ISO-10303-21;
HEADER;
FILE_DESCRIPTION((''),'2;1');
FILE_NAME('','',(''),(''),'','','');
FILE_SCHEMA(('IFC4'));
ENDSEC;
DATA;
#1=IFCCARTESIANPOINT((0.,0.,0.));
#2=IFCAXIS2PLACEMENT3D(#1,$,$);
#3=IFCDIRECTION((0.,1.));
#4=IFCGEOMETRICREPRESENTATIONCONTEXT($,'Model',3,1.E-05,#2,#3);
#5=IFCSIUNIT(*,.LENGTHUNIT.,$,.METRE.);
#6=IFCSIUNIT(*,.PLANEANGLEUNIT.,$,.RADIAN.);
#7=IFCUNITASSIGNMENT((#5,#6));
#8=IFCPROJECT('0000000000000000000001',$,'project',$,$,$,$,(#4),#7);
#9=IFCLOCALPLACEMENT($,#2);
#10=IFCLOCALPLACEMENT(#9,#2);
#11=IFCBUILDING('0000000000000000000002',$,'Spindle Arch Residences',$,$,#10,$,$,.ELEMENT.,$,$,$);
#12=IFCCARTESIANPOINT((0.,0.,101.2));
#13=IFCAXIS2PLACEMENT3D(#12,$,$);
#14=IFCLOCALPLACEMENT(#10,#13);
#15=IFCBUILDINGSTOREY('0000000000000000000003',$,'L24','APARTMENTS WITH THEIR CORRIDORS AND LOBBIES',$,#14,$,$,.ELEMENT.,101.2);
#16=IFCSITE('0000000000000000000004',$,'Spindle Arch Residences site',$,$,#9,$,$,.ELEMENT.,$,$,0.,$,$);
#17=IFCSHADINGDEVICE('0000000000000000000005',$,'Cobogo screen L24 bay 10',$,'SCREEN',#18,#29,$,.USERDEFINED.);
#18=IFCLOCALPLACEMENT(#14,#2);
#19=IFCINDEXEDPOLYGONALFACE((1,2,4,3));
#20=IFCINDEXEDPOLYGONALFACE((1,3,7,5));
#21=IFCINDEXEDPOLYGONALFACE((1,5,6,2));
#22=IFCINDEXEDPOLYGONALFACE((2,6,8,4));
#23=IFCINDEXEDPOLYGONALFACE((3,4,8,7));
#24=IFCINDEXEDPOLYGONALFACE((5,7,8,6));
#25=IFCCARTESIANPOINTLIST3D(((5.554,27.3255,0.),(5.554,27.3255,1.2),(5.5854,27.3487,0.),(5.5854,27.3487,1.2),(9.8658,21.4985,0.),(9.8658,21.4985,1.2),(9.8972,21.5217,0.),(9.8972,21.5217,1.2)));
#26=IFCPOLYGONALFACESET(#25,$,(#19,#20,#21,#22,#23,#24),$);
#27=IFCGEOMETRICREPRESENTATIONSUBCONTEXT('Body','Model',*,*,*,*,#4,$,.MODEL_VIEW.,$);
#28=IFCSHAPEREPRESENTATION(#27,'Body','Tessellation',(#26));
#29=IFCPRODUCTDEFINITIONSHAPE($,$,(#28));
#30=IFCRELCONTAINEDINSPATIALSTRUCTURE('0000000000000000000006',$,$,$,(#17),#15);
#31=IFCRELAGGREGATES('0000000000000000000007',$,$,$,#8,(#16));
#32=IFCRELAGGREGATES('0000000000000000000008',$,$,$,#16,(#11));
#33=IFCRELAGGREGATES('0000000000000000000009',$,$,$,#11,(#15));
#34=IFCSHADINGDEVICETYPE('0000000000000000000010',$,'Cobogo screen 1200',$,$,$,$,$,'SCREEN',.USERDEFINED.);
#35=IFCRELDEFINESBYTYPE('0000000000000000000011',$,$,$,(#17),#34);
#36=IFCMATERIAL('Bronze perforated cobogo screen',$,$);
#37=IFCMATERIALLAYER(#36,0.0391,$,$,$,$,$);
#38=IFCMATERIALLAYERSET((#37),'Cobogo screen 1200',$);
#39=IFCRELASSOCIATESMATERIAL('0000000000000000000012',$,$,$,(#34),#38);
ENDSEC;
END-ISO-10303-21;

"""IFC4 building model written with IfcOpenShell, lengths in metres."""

from ifc_helpers import new_model, si_unit, direction, frame, origin, origin_2d, place, context, subcontext, project, spatial, rectangle, extrude, material, layer, layer_set, type_object, element, save


model = new_model("IFC4")

# Units and contexts
model_context = context("Model", 3, precision=1e-05, world=origin(), true_north=direction((0.0, 1.0)))
body_context = subcontext(model_context, "Body", "Model", "MODEL_VIEW")
ifc_project = project(units=[si_unit("LENGTHUNIT", "METRE"), si_unit("PLANEANGLEUNIT", "RADIAN")], contexts=[model_context])

# Site, building, storey
site_placement = place(None, origin())
site = spatial("IfcSite", under=ifc_project, at=site_placement, Name="Spindle Arch Residences site", CompositionType="ELEMENT", RefElevation=0.0)
building_placement = place(site_placement, origin())
building = spatial("IfcBuilding", under=site, at=building_placement, Name="Spindle Arch Residences", CompositionType="ELEMENT")
storey_placement = place(building_placement, frame((0.0, 0.0, 101.2)))
storey = spatial("IfcBuildingStorey", under=building, at=storey_placement, Name="L24", Description="APARTMENTS WITH THEIR CORRIDORS AND LOBBIES", CompositionType="ELEMENT", Elevation=101.2)

# Shading device
ifc_material_1 = material(Name="Bronze perforated cobogo screen")
ifc_layer_1 = layer(ifc_material_1, 0.0391)
ifc_layer_set_1 = layer_set([ifc_layer_1], Name="Cobogo screen 1200")
shading_device_type = type_object("IfcShadingDeviceType", Name="Cobogo screen 1200", ElementType="SCREEN", PredefinedType="USERDEFINED", material=ifc_layer_set_1)
shading_device_placement = place(storey_placement, frame((7.7256, 24.4236, 0.0), z_axis=(0.0, 0.0, 1.0), x_axis=(-0.594823, 0.803857, 0.0)))
element("IfcShadingDevice", 1, at=shading_device_placement, inside=storey, type_object=shading_device_type, Name="Cobogo screen L24 bay 10", ObjectType="SCREEN", PredefinedType="USERDEFINED", context=body_context, shape_type="SweptSolid", body=[
    extrude(rectangle(XDim=7.2488, YDim=0.0391, at=origin_2d()), origin(), (0.0, 0.0, 1.0), 1.2),
])

save(model, "model.ifc")
